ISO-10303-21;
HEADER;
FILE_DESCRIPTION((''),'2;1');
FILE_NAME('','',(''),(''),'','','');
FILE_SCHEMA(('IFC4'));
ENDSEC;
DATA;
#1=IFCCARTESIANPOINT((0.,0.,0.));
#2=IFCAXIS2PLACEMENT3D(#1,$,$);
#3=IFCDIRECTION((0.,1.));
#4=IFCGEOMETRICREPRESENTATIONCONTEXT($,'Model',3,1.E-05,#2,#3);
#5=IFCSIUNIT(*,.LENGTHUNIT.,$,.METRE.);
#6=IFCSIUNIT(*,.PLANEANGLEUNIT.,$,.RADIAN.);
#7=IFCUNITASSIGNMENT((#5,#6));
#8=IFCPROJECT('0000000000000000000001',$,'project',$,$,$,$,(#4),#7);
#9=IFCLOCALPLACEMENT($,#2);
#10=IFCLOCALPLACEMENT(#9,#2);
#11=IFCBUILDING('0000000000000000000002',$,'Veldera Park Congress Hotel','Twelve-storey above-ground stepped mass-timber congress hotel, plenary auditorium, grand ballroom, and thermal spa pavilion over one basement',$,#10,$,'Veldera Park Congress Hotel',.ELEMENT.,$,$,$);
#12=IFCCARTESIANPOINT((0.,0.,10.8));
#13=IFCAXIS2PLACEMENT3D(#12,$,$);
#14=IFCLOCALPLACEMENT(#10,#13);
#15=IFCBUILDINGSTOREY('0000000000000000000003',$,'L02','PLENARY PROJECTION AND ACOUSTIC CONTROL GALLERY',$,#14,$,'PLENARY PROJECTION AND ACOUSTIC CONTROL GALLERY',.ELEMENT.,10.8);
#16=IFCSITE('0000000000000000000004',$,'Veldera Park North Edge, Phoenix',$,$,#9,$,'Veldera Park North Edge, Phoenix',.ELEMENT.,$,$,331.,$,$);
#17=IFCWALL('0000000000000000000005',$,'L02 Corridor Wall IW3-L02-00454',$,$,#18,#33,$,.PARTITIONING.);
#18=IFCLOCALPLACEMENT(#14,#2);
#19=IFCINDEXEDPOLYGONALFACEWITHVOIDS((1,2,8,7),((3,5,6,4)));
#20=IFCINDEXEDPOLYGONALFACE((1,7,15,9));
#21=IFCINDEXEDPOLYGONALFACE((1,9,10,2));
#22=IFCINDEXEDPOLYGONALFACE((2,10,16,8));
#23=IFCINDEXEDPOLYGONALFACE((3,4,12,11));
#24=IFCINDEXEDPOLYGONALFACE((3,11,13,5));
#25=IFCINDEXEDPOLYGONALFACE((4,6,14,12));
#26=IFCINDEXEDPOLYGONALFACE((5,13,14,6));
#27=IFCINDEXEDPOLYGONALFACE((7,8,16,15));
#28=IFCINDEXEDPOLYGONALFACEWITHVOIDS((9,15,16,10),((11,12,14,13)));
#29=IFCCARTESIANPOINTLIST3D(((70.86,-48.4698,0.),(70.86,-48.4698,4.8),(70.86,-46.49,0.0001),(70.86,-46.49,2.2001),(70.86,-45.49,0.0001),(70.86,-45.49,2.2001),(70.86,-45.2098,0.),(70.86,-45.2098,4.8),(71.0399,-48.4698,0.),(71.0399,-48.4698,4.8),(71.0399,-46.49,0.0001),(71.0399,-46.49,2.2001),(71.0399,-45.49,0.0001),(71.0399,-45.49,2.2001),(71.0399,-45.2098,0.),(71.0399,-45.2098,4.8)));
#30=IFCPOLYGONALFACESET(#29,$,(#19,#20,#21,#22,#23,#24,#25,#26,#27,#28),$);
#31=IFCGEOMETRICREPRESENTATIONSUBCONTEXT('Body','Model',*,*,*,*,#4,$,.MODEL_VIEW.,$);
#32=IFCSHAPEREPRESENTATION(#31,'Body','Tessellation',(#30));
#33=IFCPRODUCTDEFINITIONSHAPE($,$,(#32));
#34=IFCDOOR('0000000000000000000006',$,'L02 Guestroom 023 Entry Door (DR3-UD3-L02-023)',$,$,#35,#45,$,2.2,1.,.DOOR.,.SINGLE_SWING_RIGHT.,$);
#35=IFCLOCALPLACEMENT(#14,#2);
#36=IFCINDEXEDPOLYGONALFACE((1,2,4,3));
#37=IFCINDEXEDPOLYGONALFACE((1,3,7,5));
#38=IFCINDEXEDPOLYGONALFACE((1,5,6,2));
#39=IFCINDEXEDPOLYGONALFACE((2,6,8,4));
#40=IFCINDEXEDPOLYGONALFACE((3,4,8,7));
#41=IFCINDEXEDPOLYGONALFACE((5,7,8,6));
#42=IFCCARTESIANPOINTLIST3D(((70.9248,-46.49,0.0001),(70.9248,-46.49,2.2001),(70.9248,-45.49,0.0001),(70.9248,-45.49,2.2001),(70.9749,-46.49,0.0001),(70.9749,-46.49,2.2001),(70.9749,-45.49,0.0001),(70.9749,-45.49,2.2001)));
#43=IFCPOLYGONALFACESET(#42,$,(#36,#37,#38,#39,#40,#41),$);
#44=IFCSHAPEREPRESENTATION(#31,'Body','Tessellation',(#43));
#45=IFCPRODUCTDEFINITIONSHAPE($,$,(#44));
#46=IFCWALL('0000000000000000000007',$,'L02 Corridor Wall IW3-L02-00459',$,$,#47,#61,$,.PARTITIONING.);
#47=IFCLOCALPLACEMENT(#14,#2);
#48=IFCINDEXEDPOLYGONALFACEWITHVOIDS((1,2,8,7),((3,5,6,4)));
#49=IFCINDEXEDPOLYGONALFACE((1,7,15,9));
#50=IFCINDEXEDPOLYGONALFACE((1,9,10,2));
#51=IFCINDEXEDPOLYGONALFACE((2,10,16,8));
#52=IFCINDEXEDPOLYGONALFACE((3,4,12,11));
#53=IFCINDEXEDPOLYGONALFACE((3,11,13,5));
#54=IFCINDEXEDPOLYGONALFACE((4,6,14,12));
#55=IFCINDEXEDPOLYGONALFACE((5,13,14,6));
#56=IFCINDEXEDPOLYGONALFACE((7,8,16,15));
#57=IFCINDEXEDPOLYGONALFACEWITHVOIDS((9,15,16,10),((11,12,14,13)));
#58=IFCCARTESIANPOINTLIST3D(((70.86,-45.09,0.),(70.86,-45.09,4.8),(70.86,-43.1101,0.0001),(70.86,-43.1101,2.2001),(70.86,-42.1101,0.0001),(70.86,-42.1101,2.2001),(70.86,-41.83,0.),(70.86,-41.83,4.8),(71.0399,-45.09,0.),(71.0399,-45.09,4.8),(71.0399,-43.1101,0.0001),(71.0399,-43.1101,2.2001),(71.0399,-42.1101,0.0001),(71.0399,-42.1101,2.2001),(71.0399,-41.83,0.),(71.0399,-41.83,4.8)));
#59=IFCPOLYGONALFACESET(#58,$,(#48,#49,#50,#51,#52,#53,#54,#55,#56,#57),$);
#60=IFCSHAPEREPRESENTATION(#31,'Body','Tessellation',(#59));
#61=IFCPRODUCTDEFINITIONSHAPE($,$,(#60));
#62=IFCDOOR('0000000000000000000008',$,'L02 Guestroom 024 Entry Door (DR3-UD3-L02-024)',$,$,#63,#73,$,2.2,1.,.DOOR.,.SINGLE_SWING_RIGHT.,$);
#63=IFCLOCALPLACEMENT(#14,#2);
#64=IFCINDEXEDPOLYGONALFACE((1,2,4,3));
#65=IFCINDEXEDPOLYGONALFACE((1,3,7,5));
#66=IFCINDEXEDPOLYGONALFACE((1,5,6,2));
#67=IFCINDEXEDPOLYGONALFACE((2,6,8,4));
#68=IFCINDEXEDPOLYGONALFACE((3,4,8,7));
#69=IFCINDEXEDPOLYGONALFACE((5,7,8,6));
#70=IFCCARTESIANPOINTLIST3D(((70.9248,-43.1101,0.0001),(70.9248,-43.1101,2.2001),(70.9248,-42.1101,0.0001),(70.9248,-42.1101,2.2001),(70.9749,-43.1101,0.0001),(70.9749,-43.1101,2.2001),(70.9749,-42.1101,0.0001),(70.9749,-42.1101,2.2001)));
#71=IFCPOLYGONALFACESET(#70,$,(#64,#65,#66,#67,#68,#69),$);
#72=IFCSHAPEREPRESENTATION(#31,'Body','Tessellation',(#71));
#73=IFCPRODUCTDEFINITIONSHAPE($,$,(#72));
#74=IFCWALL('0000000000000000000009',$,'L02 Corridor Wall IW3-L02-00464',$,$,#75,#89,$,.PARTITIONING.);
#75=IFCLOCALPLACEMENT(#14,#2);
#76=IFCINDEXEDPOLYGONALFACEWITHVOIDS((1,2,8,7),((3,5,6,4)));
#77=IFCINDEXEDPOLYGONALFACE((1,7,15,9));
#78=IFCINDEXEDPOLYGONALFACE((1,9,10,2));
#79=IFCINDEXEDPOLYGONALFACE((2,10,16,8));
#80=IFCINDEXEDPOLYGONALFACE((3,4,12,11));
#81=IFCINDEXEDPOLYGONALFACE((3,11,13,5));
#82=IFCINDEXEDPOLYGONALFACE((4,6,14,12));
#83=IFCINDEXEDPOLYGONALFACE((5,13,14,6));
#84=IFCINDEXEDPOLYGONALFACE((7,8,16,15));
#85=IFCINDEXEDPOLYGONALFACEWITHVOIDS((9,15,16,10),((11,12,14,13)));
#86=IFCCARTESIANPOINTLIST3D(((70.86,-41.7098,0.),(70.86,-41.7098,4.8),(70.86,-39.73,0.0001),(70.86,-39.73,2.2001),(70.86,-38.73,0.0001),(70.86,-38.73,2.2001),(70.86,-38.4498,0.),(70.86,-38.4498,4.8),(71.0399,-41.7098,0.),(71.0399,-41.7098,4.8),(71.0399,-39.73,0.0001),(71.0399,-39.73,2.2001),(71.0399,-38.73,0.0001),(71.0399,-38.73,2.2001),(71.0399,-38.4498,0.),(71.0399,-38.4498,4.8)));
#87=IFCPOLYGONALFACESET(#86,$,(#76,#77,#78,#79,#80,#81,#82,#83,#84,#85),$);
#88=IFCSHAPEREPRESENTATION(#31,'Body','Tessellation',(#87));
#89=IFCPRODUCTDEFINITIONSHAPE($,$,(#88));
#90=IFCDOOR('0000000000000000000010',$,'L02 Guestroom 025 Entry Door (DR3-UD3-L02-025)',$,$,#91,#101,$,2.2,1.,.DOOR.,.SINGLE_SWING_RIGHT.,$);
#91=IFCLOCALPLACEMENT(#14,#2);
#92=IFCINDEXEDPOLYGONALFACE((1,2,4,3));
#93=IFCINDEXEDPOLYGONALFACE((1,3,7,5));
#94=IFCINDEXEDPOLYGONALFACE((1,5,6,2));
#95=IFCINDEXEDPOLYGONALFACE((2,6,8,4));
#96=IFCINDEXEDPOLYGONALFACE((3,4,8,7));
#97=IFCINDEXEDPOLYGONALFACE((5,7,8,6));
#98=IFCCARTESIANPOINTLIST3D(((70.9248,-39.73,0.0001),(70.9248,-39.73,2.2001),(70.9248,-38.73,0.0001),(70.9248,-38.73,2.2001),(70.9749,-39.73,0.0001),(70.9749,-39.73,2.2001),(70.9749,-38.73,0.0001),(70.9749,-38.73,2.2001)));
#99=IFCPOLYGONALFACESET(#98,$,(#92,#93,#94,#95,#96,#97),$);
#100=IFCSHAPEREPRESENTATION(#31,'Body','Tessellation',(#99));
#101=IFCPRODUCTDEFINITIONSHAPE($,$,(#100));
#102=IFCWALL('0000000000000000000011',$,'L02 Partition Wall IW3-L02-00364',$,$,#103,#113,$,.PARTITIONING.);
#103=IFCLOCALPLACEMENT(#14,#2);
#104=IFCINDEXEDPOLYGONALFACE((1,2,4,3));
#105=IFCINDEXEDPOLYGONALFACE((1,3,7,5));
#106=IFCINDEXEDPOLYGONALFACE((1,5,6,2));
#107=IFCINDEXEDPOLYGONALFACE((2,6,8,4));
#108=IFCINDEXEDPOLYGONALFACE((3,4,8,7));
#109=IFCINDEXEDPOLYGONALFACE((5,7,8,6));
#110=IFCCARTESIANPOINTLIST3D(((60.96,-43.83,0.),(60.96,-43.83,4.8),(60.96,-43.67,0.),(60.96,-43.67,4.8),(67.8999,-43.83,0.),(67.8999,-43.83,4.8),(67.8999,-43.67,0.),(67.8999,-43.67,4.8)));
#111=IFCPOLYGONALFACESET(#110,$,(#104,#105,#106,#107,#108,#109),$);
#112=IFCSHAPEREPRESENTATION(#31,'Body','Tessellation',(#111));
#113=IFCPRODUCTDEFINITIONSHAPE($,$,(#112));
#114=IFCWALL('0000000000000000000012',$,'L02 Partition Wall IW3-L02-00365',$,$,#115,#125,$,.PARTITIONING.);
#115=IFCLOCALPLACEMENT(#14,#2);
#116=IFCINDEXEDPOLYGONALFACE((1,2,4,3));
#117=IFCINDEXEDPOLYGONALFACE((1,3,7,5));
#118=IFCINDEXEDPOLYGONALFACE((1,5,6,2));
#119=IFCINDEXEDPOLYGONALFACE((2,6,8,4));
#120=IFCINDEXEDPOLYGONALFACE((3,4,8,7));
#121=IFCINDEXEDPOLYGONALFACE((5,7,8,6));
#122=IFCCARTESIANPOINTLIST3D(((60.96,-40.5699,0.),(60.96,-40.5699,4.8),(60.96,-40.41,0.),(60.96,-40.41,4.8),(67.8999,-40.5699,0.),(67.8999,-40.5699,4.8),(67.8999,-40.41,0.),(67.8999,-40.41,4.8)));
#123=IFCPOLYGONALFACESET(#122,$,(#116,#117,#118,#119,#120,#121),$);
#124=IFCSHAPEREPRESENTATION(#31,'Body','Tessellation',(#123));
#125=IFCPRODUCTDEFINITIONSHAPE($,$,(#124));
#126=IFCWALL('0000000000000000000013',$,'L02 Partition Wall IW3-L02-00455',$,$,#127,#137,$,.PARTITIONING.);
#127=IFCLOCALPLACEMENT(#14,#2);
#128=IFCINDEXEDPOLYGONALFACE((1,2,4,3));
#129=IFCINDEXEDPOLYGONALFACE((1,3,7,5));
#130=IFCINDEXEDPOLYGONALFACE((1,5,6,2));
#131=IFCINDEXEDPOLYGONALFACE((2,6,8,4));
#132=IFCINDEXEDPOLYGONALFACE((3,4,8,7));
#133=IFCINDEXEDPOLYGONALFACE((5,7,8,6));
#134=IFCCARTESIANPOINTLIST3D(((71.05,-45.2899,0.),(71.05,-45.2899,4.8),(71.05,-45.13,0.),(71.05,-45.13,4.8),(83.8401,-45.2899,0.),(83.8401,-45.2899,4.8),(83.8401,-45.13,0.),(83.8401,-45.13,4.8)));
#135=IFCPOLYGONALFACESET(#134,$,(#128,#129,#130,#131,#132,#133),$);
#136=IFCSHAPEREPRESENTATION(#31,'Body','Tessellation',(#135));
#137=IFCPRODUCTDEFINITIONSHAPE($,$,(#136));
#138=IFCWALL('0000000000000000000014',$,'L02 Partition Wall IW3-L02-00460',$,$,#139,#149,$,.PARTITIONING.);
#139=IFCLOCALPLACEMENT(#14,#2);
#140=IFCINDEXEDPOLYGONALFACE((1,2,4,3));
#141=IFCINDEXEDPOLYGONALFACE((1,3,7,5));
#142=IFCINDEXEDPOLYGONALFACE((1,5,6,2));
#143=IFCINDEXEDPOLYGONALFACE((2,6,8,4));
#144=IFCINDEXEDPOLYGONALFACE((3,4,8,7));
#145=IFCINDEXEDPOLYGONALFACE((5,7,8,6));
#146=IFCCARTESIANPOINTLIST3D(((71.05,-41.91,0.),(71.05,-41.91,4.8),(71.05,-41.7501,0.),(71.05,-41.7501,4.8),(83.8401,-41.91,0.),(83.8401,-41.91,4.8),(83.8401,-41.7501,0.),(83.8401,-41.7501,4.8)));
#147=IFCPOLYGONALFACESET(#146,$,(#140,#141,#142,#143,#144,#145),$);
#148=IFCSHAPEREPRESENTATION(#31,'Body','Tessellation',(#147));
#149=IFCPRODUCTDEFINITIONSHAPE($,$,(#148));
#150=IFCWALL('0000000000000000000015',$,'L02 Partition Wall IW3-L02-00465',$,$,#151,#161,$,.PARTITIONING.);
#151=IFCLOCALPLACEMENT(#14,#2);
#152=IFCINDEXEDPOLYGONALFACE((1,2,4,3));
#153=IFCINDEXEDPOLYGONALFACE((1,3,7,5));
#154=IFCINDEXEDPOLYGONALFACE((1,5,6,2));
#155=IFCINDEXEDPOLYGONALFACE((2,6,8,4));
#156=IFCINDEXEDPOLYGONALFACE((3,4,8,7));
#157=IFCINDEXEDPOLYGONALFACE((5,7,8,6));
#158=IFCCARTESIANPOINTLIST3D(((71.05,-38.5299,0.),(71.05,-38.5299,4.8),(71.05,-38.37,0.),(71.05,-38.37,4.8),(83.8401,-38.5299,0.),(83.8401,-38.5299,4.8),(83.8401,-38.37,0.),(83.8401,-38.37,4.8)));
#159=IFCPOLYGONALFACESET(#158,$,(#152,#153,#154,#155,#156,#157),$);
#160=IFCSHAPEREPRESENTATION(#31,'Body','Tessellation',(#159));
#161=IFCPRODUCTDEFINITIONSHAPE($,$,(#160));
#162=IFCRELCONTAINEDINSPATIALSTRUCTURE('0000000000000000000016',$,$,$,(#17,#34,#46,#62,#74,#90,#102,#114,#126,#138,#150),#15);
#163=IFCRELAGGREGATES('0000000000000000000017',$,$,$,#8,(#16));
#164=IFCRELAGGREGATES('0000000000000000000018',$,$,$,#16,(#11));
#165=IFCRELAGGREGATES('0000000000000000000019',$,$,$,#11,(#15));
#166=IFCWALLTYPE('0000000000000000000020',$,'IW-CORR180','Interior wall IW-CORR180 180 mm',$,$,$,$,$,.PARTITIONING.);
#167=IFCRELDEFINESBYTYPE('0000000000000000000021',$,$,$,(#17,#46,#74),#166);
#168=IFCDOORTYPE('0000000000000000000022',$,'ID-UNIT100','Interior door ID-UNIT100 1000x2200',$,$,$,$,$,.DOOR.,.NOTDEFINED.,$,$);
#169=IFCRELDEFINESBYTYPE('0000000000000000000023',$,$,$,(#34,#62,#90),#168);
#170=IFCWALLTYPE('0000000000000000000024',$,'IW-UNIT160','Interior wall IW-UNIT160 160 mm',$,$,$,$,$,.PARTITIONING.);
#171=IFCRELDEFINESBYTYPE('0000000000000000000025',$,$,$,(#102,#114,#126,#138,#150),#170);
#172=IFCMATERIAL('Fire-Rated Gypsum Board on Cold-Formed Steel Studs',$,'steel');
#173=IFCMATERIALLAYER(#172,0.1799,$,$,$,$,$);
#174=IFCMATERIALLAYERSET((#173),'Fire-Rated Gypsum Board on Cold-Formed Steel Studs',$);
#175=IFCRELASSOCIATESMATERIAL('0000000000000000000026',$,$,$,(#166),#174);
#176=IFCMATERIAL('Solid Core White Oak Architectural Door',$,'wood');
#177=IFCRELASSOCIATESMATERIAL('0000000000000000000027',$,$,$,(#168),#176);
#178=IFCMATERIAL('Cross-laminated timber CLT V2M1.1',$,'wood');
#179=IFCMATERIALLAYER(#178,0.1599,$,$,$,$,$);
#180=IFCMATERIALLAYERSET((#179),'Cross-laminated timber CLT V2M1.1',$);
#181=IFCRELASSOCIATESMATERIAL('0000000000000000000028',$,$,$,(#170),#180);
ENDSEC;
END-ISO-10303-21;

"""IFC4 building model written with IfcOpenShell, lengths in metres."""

from ifc_helpers import new_model, si_unit, direction, frame, frame_2d, origin, place, context, subcontext, project, spatial, rectangle, extrude, material, layer, layer_set, type_object, element, fill, save


model = new_model("IFC4")

# Units and contexts
model_context = context("Model", 3, precision=1e-05, world=origin(), true_north=direction((0.0, 1.0)))
body_context = subcontext(model_context, "Body", "Model", "MODEL_VIEW")
ifc_project = project(units=[si_unit("LENGTHUNIT", "METRE"), si_unit("PLANEANGLEUNIT", "RADIAN")], contexts=[model_context])

# Site, building, storey
site_placement = place(None, origin())
site = spatial("IfcSite", under=ifc_project, at=site_placement, Name="Veldera Park North Edge, Phoenix", LongName="Veldera Park North Edge, Phoenix", CompositionType="ELEMENT", RefElevation=331.0)
building_placement = place(site_placement, origin())
building = spatial("IfcBuilding", under=site, at=building_placement, Name="Veldera Park Congress Hotel", Description="Twelve-storey above-ground stepped mass-timber congress hotel, plenary auditorium, grand ballroom, and thermal spa pavilion over one basement", LongName="Veldera Park Congress Hotel", CompositionType="ELEMENT")
storey_placement = place(building_placement, frame((0.0, 0.0, 10.8)))
storey = spatial("IfcBuildingStorey", under=building, at=storey_placement, Name="L02", Description="PLENARY PROJECTION AND ACOUSTIC CONTROL GALLERY", LongName="PLENARY PROJECTION AND ACOUSTIC CONTROL GALLERY", CompositionType="ELEMENT", Elevation=10.8)

# Shared definitions
ifc_material_1 = material(Name="Fire-Rated Gypsum Board on Cold-Formed Steel Studs", Category="steel")
ifc_material_2 = material(Name="Solid Core White Oak Architectural Door", Category="wood")

# Shared definitions
ifc_layer_1 = layer(ifc_material_1, 0.1799)
ifc_layer_set_1 = layer_set([ifc_layer_1], Name="Fire-Rated Gypsum Board on Cold-Formed Steel Studs")
wall_type_1 = type_object("IfcWallType", Name="IW-CORR180", Description="Interior wall IW-CORR180 180 mm", PredefinedType="PARTITIONING", material=ifc_layer_set_1)

# Walls, openings, doors
door_type_1 = type_object("IfcDoorType", Name="ID-UNIT100", Description="Interior door ID-UNIT100 1000x2200", OperationType="NOTDEFINED", PredefinedType="DOOR", material=ifc_material_2)
wall_1_placement = place(storey_placement, frame((70.95, -45.21, 0.0), z_axis=(0.0, 0.0, 1.0), x_axis=(0.0, -1.0, 0.0)))
wall_1 = element("IfcWall", 1, at=wall_1_placement, inside=storey, type_object=wall_type_1, Name="L02 Corridor Wall IW3-L02-00454", PredefinedType="PARTITIONING", context=body_context, shape_type="SweptSolid", body=[
    extrude(rectangle(XDim=3.26, YDim=0.1799, at=frame_2d((1.6299, 0.0))), origin(), (0.0, 0.0, 1.0), 4.8),
])
opening_1_placement = place(wall_1_placement, frame((0.28, 0.0, 0.0)))
opening_1 = element("IfcOpeningElement", 2, at=opening_1_placement, cuts=wall_1, PredefinedType="OPENING", context=body_context, shape_type="SweptSolid", body=[
    extrude(rectangle(XDim=1.0, YDim=2.2, at=frame_2d((0.5, 1.1001))), frame((0.0, 0.1021, 0.0), z_axis=(0.0, -1.0, 0.0), x_axis=(1.0, 0.0, 0.0)), (0.0, 0.0, 1.0), 0.2039),
])
door_1_placement = place(opening_1_placement, origin())
door_1 = element("IfcDoor", 3, at=door_1_placement, inside=storey, type_object=door_type_1, Name="L02 Guestroom 023 Entry Door (DR3-UD3-L02-023)", OperationType="SINGLE_SWING_RIGHT", OverallHeight=2.2, OverallWidth=1.0, PredefinedType="DOOR", context=body_context, shape_type="SweptSolid", body=[
    extrude(rectangle(XDim=1.0, YDim=2.2, at=frame_2d((0.5, 1.1001))), frame((0.0, 0.0249, 0.0), z_axis=(0.0, -1.0, 0.0), x_axis=(1.0, 0.0, 0.0)), (0.0, 0.0, 1.0), 0.05),
])
fill(opening_1, door_1)
wall_2_placement = place(storey_placement, frame((70.95, -41.8301, 0.0), z_axis=(0.0, 0.0, 1.0), x_axis=(0.0, -1.0, 0.0)))
wall_2 = element("IfcWall", 4, at=wall_2_placement, inside=storey, type_object=wall_type_1, Name="L02 Corridor Wall IW3-L02-00459", PredefinedType="PARTITIONING", context=body_context, shape_type="SweptSolid", body=[
    extrude(rectangle(XDim=3.26, YDim=0.1799, at=frame_2d((1.6299, 0.0))), origin(), (0.0, 0.0, 1.0), 4.8),
])
opening_2_placement = place(wall_2_placement, frame((0.28, 0.0, 0.0)))
opening_2 = element("IfcOpeningElement", 5, at=opening_2_placement, cuts=wall_2, PredefinedType="OPENING", context=body_context, shape_type="SweptSolid", body=[
    extrude(rectangle(XDim=1.0, YDim=2.2, at=frame_2d((0.5, 1.1001))), frame((0.0, 0.1021, 0.0), z_axis=(0.0, -1.0, 0.0), x_axis=(1.0, 0.0, 0.0)), (0.0, 0.0, 1.0), 0.2039),
])
door_2_placement = place(opening_2_placement, origin())
door_2 = element("IfcDoor", 6, at=door_2_placement, inside=storey, type_object=door_type_1, Name="L02 Guestroom 024 Entry Door (DR3-UD3-L02-024)", OperationType="SINGLE_SWING_RIGHT", OverallHeight=2.2, OverallWidth=1.0, PredefinedType="DOOR", context=body_context, shape_type="SweptSolid", body=[
    extrude(rectangle(XDim=1.0, YDim=2.2, at=frame_2d((0.5, 1.1001))), frame((0.0, 0.0249, 0.0), z_axis=(0.0, -1.0, 0.0), x_axis=(1.0, 0.0, 0.0)), (0.0, 0.0, 1.0), 0.05),
])
fill(opening_2, door_2)
wall_3_placement = place(storey_placement, frame((70.95, -38.45, 0.0), z_axis=(0.0, 0.0, 1.0), x_axis=(0.0, -1.0, 0.0)))
wall_3 = element("IfcWall", 7, at=wall_3_placement, inside=storey, type_object=wall_type_1, Name="L02 Corridor Wall IW3-L02-00464", PredefinedType="PARTITIONING", context=body_context, shape_type="SweptSolid", body=[
    extrude(rectangle(XDim=3.26, YDim=0.1799, at=frame_2d((1.6299, 0.0))), origin(), (0.0, 0.0, 1.0), 4.8),
])
opening_3_placement = place(wall_3_placement, frame((0.28, 0.0, 0.0)))
opening_3 = element("IfcOpeningElement", 8, at=opening_3_placement, cuts=wall_3, PredefinedType="OPENING", context=body_context, shape_type="SweptSolid", body=[
    extrude(rectangle(XDim=1.0, YDim=2.2, at=frame_2d((0.5, 1.1001))), frame((0.0, 0.1021, 0.0), z_axis=(0.0, -1.0, 0.0), x_axis=(1.0, 0.0, 0.0)), (0.0, 0.0, 1.0), 0.2039),
])
door_3_placement = place(opening_3_placement, origin())
door_3 = element("IfcDoor", 9, at=door_3_placement, inside=storey, type_object=door_type_1, Name="L02 Guestroom 025 Entry Door (DR3-UD3-L02-025)", OperationType="SINGLE_SWING_RIGHT", OverallHeight=2.2, OverallWidth=1.0, PredefinedType="DOOR", context=body_context, shape_type="SweptSolid", body=[
    extrude(rectangle(XDim=1.0, YDim=2.2, at=frame_2d((0.5, 1.1001))), frame((0.0, 0.0249, 0.0), z_axis=(0.0, -1.0, 0.0), x_axis=(1.0, 0.0, 0.0)), (0.0, 0.0, 1.0), 0.05),
])
fill(opening_3, door_3)

# Walls
ifc_material_3 = material(Name="Cross-laminated timber CLT V2M1.1", Category="wood")
ifc_layer_2 = layer(ifc_material_3, 0.1599)
ifc_layer_set_2 = layer_set([ifc_layer_2], Name="Cross-laminated timber CLT V2M1.1")
wall_type_2 = type_object("IfcWallType", Name="IW-UNIT160", Description="Interior wall IW-UNIT160 160 mm", PredefinedType="PARTITIONING", material=ifc_layer_set_2)
for number, where, z_axis, x_axis, name in (
    (10, (60.96, -43.75, 0.0), (0.0, 0.0, 1.0), (1.0, 0.0, 0.0), "L02 Partition Wall IW3-L02-00364"),
    (11, (60.96, -40.49, 0.0), (0.0, 0.0, 1.0), (1.0, 0.0, 0.0), "L02 Partition Wall IW3-L02-00365"),
):
    element("IfcWall", number, at=place(storey_placement, frame(where, z_axis=z_axis, x_axis=x_axis)), inside=storey, type_object=wall_type_2, Name=name, PredefinedType="PARTITIONING", context=body_context, shape_type="SweptSolid", body=[
        extrude(rectangle(XDim=6.9399, YDim=0.1599, at=frame_2d((3.47, 0.0))), origin(), (0.0, 0.0, 1.0), 4.8),
    ])
for number, where, z_axis, x_axis, name in (
    (12, (71.05, -45.21, 0.0), (0.0, 0.0, 1.0), (1.0, 0.0, 0.0), "L02 Partition Wall IW3-L02-00455"),
    (13, (71.05, -41.8301, 0.0), (0.0, 0.0, 1.0), (1.0, 0.0, 0.0), "L02 Partition Wall IW3-L02-00460"),
    (14, (71.05, -38.45, 0.0), (0.0, 0.0, 1.0), (1.0, 0.0, 0.0), "L02 Partition Wall IW3-L02-00465"),
):
    element("IfcWall", number, at=place(storey_placement, frame(where, z_axis=z_axis, x_axis=x_axis)), inside=storey, type_object=wall_type_2, Name=name, PredefinedType="PARTITIONING", context=body_context, shape_type="SweptSolid", body=[
        extrude(rectangle(XDim=12.79, YDim=0.1599, at=frame_2d((6.395, 0.0))), origin(), (0.0, 0.0, 1.0), 4.8),
    ])

save(model, "model.ifc")
